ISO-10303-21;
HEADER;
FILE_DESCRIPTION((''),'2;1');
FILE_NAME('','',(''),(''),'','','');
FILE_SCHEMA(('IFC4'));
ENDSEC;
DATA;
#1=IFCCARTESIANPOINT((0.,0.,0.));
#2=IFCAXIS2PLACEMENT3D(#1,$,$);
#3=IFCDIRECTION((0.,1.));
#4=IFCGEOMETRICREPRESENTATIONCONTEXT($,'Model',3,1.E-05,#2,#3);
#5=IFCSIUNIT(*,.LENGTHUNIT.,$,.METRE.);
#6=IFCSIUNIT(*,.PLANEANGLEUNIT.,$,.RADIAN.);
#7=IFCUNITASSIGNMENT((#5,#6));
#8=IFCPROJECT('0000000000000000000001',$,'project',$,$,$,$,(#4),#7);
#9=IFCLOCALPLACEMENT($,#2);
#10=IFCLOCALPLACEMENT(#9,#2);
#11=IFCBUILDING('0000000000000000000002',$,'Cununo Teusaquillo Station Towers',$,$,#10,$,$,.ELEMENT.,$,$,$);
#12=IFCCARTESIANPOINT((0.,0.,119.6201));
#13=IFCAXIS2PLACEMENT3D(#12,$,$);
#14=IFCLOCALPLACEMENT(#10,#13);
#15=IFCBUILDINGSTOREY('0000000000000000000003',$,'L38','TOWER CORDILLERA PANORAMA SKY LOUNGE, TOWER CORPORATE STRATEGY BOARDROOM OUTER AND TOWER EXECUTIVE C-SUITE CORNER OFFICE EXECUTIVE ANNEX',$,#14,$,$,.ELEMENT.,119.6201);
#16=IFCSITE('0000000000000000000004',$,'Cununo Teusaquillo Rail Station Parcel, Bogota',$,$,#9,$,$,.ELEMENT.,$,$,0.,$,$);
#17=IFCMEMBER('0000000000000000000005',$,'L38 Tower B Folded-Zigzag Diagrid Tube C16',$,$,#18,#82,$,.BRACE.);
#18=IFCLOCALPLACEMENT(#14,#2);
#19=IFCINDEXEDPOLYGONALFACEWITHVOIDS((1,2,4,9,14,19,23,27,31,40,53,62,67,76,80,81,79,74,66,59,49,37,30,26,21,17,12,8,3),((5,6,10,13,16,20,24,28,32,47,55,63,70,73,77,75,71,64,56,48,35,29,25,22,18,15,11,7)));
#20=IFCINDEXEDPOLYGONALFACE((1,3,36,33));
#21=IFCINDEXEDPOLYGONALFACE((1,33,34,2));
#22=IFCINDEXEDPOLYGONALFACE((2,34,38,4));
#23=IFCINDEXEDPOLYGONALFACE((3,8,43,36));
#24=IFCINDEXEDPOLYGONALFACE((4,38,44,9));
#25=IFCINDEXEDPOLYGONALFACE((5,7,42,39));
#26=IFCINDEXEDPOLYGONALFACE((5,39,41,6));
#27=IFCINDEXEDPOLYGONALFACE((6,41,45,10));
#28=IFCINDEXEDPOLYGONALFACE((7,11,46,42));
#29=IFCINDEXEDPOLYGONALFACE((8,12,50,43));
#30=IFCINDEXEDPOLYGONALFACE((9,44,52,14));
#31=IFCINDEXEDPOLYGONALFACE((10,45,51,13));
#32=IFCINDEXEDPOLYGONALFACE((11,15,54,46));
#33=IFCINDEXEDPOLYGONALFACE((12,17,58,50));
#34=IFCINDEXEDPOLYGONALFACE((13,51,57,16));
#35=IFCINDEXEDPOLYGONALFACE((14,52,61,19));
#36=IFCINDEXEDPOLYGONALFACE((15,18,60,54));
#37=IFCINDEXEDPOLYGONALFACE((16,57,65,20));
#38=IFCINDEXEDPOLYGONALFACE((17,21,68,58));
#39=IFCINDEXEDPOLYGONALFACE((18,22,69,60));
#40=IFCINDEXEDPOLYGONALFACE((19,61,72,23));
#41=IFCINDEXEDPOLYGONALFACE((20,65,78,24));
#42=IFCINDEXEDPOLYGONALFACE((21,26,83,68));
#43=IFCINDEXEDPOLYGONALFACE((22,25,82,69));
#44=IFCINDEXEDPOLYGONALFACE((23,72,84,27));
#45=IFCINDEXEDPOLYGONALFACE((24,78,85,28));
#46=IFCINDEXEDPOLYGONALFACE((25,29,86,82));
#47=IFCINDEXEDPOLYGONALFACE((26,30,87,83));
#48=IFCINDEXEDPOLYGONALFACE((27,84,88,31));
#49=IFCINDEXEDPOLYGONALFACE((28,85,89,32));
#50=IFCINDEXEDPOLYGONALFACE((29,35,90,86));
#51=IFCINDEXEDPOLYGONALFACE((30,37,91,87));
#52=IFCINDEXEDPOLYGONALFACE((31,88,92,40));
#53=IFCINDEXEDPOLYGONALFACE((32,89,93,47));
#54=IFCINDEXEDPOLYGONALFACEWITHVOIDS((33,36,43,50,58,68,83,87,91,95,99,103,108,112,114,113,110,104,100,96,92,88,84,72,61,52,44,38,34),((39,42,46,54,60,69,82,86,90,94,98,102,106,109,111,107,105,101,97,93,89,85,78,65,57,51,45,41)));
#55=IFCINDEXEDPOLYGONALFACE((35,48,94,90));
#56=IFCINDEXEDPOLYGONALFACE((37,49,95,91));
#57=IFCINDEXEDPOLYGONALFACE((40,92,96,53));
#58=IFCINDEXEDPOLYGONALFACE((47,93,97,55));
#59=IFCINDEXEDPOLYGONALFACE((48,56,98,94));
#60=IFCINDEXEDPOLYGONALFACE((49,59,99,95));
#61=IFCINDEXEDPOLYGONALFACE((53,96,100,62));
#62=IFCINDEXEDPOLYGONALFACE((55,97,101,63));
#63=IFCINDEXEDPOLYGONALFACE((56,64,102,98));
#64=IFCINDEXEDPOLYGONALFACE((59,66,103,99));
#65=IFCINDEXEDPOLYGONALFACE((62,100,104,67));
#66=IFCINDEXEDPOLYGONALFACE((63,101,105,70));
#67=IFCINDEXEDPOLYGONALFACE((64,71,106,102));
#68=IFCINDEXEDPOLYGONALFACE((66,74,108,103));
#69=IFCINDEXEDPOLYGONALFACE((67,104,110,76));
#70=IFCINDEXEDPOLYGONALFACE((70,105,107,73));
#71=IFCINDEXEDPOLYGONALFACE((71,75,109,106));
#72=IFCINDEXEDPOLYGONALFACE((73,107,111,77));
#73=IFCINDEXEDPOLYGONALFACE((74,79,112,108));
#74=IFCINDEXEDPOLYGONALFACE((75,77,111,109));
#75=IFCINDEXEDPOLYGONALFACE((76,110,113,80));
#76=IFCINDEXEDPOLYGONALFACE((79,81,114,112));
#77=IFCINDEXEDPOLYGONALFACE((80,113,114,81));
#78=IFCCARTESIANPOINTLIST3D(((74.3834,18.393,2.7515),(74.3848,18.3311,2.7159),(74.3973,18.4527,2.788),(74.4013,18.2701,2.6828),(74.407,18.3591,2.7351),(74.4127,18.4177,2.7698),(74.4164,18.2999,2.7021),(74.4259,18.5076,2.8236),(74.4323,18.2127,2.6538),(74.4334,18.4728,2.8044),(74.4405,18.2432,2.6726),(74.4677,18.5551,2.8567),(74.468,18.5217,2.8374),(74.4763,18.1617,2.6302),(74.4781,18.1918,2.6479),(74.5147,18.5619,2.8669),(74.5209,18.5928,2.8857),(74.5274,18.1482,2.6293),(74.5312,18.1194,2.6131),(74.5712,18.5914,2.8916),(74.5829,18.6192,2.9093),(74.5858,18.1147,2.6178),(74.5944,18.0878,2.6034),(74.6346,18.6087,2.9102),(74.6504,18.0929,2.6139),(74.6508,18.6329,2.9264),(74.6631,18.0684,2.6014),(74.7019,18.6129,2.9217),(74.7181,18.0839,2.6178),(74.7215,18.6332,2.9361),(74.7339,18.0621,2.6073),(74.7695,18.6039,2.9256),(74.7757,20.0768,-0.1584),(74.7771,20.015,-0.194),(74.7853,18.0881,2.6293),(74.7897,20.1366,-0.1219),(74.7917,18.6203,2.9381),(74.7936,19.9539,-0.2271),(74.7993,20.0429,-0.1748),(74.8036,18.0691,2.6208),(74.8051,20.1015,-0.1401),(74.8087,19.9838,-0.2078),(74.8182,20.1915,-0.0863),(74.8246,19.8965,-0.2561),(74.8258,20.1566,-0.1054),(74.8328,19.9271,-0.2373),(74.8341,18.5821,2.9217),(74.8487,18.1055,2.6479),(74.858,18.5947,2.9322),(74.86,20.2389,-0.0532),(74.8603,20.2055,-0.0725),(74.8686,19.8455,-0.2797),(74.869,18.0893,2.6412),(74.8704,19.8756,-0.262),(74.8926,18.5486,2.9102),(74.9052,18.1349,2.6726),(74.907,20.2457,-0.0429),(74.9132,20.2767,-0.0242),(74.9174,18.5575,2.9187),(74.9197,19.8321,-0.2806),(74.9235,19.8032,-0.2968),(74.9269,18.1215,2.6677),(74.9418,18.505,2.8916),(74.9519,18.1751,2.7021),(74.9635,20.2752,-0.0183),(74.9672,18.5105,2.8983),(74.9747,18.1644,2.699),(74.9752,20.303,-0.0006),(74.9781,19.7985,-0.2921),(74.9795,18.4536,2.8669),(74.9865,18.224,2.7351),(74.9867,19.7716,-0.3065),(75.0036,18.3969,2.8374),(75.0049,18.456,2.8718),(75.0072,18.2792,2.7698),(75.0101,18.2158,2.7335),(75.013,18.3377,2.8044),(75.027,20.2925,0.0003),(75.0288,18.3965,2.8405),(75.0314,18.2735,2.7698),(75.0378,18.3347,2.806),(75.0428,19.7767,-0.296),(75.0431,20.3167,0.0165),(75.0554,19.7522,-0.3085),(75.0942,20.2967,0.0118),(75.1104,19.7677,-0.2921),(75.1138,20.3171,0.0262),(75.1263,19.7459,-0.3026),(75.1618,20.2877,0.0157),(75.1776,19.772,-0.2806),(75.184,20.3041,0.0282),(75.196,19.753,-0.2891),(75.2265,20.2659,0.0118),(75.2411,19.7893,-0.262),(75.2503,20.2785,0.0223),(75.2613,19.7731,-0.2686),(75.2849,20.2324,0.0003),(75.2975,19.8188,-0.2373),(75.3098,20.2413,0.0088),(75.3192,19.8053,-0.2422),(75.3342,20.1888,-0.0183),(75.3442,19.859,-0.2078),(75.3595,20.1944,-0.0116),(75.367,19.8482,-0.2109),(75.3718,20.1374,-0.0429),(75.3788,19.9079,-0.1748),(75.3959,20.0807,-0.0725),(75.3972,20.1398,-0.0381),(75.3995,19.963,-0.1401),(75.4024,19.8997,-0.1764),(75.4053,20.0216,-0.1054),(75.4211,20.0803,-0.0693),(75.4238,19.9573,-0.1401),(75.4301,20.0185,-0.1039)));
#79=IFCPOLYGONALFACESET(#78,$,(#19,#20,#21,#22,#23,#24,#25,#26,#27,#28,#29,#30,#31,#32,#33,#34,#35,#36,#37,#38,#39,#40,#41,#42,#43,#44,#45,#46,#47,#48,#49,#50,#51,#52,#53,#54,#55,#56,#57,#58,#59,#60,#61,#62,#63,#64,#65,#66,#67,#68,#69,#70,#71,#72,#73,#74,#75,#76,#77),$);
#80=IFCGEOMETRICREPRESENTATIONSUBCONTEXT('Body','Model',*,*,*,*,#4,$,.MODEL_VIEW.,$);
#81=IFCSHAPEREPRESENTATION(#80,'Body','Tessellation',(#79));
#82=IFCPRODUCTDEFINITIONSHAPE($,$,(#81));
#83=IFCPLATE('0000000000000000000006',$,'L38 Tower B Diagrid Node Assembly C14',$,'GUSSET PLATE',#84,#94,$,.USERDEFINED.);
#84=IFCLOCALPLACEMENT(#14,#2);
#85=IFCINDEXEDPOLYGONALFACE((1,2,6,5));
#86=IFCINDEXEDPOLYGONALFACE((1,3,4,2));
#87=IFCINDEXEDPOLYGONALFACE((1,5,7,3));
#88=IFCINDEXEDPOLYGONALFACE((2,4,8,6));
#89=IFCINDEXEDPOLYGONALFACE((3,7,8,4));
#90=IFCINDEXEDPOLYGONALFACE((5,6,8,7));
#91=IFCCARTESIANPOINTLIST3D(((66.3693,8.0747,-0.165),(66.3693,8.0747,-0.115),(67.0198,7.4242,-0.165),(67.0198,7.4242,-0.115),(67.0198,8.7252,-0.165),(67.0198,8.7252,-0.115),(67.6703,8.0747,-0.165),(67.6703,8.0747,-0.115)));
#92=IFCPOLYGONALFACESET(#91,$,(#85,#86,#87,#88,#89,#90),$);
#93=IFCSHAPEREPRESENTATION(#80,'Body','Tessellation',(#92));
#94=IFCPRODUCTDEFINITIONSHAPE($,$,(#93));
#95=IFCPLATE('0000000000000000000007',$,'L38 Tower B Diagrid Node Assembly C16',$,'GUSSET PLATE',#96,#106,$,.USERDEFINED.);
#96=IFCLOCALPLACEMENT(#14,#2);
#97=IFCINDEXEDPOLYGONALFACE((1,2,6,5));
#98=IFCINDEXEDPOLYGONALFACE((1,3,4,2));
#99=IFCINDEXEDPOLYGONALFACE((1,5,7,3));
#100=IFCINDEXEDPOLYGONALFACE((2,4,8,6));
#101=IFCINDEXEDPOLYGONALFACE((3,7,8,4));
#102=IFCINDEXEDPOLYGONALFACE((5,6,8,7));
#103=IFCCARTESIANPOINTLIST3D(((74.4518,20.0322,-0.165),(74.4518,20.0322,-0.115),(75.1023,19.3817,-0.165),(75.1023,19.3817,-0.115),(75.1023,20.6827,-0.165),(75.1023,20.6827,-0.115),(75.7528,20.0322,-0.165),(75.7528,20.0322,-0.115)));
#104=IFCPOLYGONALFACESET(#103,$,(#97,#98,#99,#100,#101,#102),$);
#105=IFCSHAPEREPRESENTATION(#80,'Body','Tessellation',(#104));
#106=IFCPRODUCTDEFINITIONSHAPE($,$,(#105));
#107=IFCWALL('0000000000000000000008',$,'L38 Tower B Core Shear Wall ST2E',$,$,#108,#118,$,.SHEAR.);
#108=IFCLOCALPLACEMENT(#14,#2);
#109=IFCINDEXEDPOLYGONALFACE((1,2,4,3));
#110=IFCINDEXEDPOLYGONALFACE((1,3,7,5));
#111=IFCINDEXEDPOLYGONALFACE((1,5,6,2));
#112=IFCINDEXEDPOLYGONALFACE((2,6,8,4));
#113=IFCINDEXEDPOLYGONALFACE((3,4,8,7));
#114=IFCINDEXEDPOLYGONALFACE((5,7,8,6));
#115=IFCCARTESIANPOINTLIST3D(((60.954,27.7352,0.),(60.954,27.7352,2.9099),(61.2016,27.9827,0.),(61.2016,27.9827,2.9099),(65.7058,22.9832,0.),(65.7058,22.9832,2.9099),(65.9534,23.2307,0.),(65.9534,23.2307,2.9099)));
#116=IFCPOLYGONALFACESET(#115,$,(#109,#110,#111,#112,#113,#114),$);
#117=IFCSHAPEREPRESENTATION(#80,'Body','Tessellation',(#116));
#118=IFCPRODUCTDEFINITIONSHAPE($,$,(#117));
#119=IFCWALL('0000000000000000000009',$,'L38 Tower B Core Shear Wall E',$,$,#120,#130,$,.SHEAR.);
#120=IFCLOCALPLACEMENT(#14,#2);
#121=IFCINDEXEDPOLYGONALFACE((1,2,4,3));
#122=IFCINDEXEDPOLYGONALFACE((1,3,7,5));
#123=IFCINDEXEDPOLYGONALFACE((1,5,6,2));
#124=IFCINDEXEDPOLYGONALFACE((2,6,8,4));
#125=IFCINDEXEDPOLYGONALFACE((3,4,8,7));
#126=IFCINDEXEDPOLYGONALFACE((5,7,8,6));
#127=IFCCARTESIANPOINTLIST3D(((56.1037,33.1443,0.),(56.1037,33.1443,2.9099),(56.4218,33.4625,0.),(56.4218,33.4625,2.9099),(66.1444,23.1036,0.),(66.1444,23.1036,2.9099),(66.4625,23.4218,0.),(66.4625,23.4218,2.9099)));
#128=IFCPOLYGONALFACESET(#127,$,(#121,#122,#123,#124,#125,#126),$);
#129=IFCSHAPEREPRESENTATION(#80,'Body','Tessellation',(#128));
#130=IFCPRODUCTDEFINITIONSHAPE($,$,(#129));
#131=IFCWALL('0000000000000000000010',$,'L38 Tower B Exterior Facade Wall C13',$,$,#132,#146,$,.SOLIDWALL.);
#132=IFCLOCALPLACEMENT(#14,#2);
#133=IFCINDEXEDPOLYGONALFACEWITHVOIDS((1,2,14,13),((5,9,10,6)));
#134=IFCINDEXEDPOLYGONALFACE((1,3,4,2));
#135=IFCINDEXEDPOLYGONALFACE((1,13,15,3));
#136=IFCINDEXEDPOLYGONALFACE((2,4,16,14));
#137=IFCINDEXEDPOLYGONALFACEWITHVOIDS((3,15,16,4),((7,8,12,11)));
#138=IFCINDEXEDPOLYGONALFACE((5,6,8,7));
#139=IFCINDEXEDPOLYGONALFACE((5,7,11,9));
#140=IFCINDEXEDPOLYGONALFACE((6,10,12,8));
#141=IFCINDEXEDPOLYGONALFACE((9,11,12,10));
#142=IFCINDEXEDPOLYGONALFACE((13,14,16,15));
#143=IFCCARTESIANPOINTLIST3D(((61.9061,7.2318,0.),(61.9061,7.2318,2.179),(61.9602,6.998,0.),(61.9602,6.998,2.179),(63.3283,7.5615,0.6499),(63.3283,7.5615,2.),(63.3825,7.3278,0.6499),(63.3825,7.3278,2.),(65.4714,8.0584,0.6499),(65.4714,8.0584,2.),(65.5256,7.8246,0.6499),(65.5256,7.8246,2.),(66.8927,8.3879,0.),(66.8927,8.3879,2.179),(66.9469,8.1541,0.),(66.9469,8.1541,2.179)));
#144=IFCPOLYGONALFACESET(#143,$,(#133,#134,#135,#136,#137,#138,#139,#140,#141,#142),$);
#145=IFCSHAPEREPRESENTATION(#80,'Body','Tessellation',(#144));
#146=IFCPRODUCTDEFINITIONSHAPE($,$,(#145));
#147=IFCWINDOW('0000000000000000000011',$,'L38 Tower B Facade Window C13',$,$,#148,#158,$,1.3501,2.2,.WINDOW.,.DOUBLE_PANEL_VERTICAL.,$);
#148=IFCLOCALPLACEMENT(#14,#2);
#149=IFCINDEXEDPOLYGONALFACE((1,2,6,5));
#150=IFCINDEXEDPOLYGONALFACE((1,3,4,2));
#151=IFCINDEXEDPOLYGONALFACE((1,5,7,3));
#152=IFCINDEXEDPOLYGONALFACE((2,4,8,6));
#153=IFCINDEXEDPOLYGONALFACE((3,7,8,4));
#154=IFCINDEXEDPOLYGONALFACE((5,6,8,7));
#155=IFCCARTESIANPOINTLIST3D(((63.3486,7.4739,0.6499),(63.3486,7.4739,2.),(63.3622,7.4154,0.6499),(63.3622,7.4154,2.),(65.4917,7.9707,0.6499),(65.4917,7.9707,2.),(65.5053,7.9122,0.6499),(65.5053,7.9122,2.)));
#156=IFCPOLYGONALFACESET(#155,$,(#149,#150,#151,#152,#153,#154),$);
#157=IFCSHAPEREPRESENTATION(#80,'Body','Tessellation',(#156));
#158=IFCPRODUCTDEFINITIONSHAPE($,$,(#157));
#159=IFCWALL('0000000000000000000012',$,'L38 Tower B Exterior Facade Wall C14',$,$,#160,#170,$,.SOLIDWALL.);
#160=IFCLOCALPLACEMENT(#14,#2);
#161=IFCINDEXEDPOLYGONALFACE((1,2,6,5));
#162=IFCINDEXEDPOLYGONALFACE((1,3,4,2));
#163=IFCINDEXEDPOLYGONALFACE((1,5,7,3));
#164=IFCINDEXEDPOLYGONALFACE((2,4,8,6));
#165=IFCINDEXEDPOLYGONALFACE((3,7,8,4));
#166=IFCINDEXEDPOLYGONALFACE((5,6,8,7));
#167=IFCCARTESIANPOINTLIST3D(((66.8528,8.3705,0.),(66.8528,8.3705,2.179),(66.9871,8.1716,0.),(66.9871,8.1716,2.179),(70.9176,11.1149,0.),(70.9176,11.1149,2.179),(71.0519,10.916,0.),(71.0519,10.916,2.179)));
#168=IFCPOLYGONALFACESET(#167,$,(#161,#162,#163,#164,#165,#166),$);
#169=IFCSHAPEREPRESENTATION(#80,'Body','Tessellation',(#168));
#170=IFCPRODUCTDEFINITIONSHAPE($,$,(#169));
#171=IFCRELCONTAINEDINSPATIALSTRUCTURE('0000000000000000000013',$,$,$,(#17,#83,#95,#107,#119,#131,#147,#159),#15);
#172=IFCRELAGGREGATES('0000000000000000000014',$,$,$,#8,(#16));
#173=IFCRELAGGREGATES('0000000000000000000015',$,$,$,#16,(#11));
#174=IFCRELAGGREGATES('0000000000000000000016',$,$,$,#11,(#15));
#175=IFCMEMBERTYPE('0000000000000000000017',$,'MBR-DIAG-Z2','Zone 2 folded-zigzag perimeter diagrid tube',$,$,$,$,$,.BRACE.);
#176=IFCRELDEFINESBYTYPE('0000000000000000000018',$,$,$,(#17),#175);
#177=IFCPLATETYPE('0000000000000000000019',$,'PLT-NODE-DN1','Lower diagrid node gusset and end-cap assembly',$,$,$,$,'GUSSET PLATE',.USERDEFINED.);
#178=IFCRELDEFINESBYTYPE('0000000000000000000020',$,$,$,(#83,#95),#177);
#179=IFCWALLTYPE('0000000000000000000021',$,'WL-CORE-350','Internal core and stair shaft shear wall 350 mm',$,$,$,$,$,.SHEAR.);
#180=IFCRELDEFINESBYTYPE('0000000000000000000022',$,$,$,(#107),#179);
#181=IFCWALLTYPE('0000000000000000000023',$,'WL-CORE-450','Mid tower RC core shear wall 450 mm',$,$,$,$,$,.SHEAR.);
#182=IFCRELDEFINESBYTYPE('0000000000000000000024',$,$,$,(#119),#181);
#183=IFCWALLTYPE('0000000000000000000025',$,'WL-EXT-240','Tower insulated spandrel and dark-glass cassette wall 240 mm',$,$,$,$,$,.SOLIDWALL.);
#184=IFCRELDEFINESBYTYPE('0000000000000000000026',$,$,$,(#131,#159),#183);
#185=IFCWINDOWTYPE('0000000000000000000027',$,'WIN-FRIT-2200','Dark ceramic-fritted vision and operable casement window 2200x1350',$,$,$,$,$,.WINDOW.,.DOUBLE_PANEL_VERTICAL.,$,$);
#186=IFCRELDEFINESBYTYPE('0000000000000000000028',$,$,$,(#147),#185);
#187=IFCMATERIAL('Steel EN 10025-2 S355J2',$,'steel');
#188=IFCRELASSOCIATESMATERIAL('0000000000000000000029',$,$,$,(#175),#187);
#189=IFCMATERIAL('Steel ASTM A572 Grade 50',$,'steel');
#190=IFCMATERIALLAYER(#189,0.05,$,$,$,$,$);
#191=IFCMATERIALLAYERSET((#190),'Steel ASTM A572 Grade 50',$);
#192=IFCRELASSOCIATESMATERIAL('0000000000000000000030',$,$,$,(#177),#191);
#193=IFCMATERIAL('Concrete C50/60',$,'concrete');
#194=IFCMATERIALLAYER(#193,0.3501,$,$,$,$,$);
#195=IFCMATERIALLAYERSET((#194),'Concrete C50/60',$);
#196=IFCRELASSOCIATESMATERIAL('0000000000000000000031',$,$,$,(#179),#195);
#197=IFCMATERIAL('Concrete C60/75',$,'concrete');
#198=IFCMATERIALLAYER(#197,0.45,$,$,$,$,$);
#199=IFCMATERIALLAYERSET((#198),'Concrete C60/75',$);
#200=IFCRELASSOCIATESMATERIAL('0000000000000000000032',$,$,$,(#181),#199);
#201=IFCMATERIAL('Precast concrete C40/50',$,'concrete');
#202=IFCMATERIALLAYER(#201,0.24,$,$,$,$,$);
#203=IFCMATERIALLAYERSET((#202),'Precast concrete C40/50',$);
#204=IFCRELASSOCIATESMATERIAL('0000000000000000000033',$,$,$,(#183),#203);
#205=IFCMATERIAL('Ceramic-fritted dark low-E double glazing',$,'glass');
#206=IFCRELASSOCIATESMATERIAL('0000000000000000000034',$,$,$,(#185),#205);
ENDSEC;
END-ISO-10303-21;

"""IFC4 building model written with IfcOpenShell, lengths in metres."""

from ifc_helpers import new_model, si_unit, direction, frame, frame_2d, origin, origin_2d, place, context, subcontext, project, spatial, rectangle, hollow_circle, extrude, source, transform, mapped, material, layer, layer_set, material_profile, profile_set, type_object, element, fill, save


model = new_model("IFC4")

# Units and contexts
model_context = context("Model", 3, precision=1e-05, world=origin(), true_north=direction((0.0, 1.0)))
body_context = subcontext(model_context, "Body", "Model", "MODEL_VIEW")
ifc_project = project(units=[si_unit("LENGTHUNIT", "METRE"), si_unit("PLANEANGLEUNIT", "RADIAN")], contexts=[model_context])

# Site, building, storey
site_placement = place(None, origin())
site = spatial("IfcSite", under=ifc_project, at=site_placement, Name="Cununo Teusaquillo Rail Station Parcel, Bogota", CompositionType="ELEMENT", RefElevation=0.0)
building_placement = place(site_placement, origin())
building = spatial("IfcBuilding", under=site, at=building_placement, Name="Cununo Teusaquillo Station Towers", CompositionType="ELEMENT")
storey_placement = place(building_placement, frame((0.0, 0.0, 119.6201)))
storey = spatial("IfcBuildingStorey", under=building, at=storey_placement, Name="L38", Description="TOWER CORDILLERA PANORAMA SKY LOUNGE, TOWER CORPORATE STRATEGY BOARDROOM OUTER AND TOWER EXECUTIVE C-SUITE CORNER OFFICE EXECUTIVE ANNEX", CompositionType="ELEMENT", Elevation=119.6201)

# Member
ifc_material_1 = material(Name="Steel EN 10025-2 S355J2", Category="steel")
ifc_material_profile_1 = material_profile(ifc_material_1, hollow_circle(Radius=0.3301, WallThickness=0.0249, at=origin_2d()), Name="CHS 660x25")
ifc_profile_set_1 = profile_set([ifc_material_profile_1], Name="Steel EN 10025-2 S355J2")
member_type = type_object("IfcMemberType", Name="MBR-DIAG-Z2", Description="Zone 2 folded-zigzag perimeter diagrid tube", PredefinedType="BRACE", material=ifc_profile_set_1)
member_1_placement = place(storey_placement, frame((75.1023, 20.0322, -0.1401), z_axis=(-0.115911, -0.497471, 0.859702), x_axis=(0.973913, -0.226922, 0.0)))
element("IfcMember", 1, at=member_1_placement, inside=storey, type_object=member_type, Name="L38 Tower B Folded-Zigzag Diagrid Tube C16", PredefinedType="BRACE", context=body_context, shape_type="SweptSolid", body=[
    extrude(hollow_circle(Radius=0.3301, WallThickness=0.0249, at=origin_2d()), origin(), (0.0, 0.0, 1.0), 3.3848),
])

# Plates
ifc_material_2 = material(Name="Steel ASTM A572 Grade 50", Category="steel")
ifc_layer_1 = layer(ifc_material_2, 0.05)
ifc_layer_set_1 = layer_set([ifc_layer_1], Name="Steel ASTM A572 Grade 50")
plate_type = type_object("IfcPlateType", Name="PLT-NODE-DN1", Description="Lower diagrid node gusset and end-cap assembly", ElementType="GUSSET PLATE", PredefinedType="USERDEFINED", material=ifc_layer_set_1)
shared_shape_1 = source(origin(), body_context, "Body", "SweptSolid", [
    extrude(rectangle(XDim=0.9199, YDim=0.9199, at=origin_2d()), origin(), (0.0, 0.0, 1.0), 0.05),
])
for number, where, z_axis, x_axis, name in (
    (2, (67.0198, 8.0747, -0.165), (0.0, 0.0, 1.0), (0.707107, 0.707107, 0.0), "L38 Tower B Diagrid Node Assembly C14"),
    (3, (75.1023, 20.0322, -0.165), (0.0, 0.0, 1.0), (0.707107, 0.707107, 0.0), "L38 Tower B Diagrid Node Assembly C16"),
):
    element("IfcPlate", number, at=place(storey_placement, frame(where, z_axis=z_axis, x_axis=x_axis)), inside=storey, type_object=plate_type, Name=name, ObjectType="GUSSET PLATE", PredefinedType="USERDEFINED", context=body_context, shape_type="MappedRepresentation", body=[
        mapped(shared_shape_1, transform((0.0, 0.0, 0.0), x_axis=(1.0, 0.0, 0.0), y_axis=(0.0, 1.0, 0.0), z_axis=(0.0, 0.0, 1.0), scale=1.0)),
    ])

# Walls
ifc_material_3 = material(Name="Concrete C50/60", Category="concrete")
ifc_layer_2 = layer(ifc_material_3, 0.3501)
ifc_layer_set_2 = layer_set([ifc_layer_2], Name="Concrete C50/60")
wall_type_1 = type_object("IfcWallType", Name="WL-CORE-350", Description="Internal core and stair shaft shear wall 350 mm", PredefinedType="SHEAR", material=ifc_layer_set_2)
wall_1_placement = place(storey_placement, frame((65.8296, 23.1069, 0.0), z_axis=(0.0, 0.0, 1.0), x_axis=(-0.707089, 0.707125, 0.0)))
element("IfcWall", 4, at=wall_1_placement, inside=storey, type_object=wall_type_1, Name="L38 Tower B Core Shear Wall ST2E", PredefinedType="SHEAR", context=body_context, shape_type="SweptSolid", body=[
    extrude(rectangle(XDim=6.7202, YDim=0.3501, at=frame_2d((3.3601, 0.0))), origin(), (0.0, 0.0, 1.0), 2.9099),
])
ifc_material_4 = material(Name="Concrete C60/75", Category="concrete")
ifc_layer_3 = layer(ifc_material_4, 0.45)
ifc_layer_set_3 = layer_set([ifc_layer_3], Name="Concrete C60/75")
wall_type_2 = type_object("IfcWallType", Name="WL-CORE-450", Description="Mid tower RC core shear wall 450 mm", PredefinedType="SHEAR", material=ifc_layer_set_3)
wall_2_placement = place(storey_placement, frame((66.3035, 23.2627, 0.0), z_axis=(0.0, 0.0, 1.0), x_axis=(-0.707107, 0.707107, 0.0)))
element("IfcWall", 5, at=wall_2_placement, inside=storey, type_object=wall_type_2, Name="L38 Tower B Core Shear Wall E", PredefinedType="SHEAR", context=body_context, shape_type="SweptSolid", body=[
    extrude(rectangle(XDim=14.1997, YDim=0.45, at=frame_2d((7.0999, 0.0))), origin(), (0.0, 0.0, 1.0), 2.9099),
])

# Wall, opening, window
ifc_material_5 = material(Name="Precast concrete C40/50", Category="concrete")
ifc_layer_4 = layer(ifc_material_5, 0.24)
ifc_layer_set_4 = layer_set([ifc_layer_4], Name="Precast concrete C40/50")
wall_type_3 = type_object("IfcWallType", Name="WL-EXT-240", Description="Tower insulated spandrel and dark-glass cassette wall 240 mm", PredefinedType="SOLIDWALL", material=ifc_layer_set_4)
wall_3_placement = place(storey_placement, frame((66.9199, 8.271, 0.0), z_axis=(0.0, 0.0, 1.0), x_axis=(-0.974166, -0.225835, 0.0)))
wall_3 = element("IfcWall", 6, at=wall_3_placement, inside=storey, type_object=wall_type_3, Name="L38 Tower B Exterior Facade Wall C13", PredefinedType="SOLIDWALL", context=body_context, shape_type="SweptSolid", body=[
    extrude(rectangle(XDim=5.1189, YDim=0.24, at=frame_2d((2.5596, 0.0))), origin(), (0.0, 0.0, 1.0), 2.179),
])
shared_shape_2 = source(origin(), body_context, "Body", "SweptSolid", [
    extrude(rectangle(XDim=2.2, YDim=1.3501, at=frame_2d((1.1001, 0.675))), frame((0.0, 0.1299, 0.0), z_axis=(0.0, -1.0, 0.0), x_axis=(1.0, 0.0, 0.0)), (0.0, 0.0, 1.0), 0.26),
])
opening_1_placement = place(wall_3_placement, frame((1.459, 0.0, 0.6499)))
opening_1 = element("IfcOpeningElement", 7, at=opening_1_placement, cuts=wall_3, PredefinedType="OPENING", context=body_context, shape_type="MappedRepresentation", body=[
    mapped(shared_shape_2, transform((0.0, 0.0, 0.0), x_axis=(1.0, 0.0, 0.0), y_axis=(0.0, 1.0, 0.0), z_axis=(0.0, 0.0, 1.0), scale=1.0)),
])
ifc_material_6 = material(Name="Ceramic-fritted dark low-E double glazing", Category="glass")
window_type_1 = type_object("IfcWindowType", Name="WIN-FRIT-2200", Description="Dark ceramic-fritted vision and operable casement window 2200x1350", PartitioningType="DOUBLE_PANEL_VERTICAL", PredefinedType="WINDOW", material=ifc_material_6)
shared_shape_3 = source(origin(), body_context, "Body", "SweptSolid", [
    extrude(rectangle(XDim=2.2, YDim=1.3501, at=frame_2d((1.1001, 0.675))), frame((0.0, 0.03, 0.0), z_axis=(0.0, -1.0, 0.0), x_axis=(1.0, 0.0, 0.0)), (0.0, 0.0, 1.0), 0.0601),
])
window_1_placement = place(opening_1_placement, origin())
window_1 = element("IfcWindow", 8, at=window_1_placement, inside=storey, type_object=window_type_1, Name="L38 Tower B Facade Window C13", OverallHeight=1.3501, OverallWidth=2.2, PartitioningType="DOUBLE_PANEL_VERTICAL", PredefinedType="WINDOW", context=body_context, shape_type="MappedRepresentation", body=[
    mapped(shared_shape_3, transform((0.0, 0.0, 0.0), x_axis=(1.0, 0.0, 0.0), y_axis=(0.0, 1.0, 0.0), z_axis=(0.0, 0.0, 1.0), scale=1.0)),
])
fill(opening_1, window_1)

# Wall
wall_4_placement = place(storey_placement, frame((70.9846, 11.0154, 0.0), z_axis=(0.0, 0.0, 1.0), x_axis=(-0.828781, -0.559573, 0.0)))
element("IfcWall", 9, at=wall_4_placement, inside=storey, type_object=wall_type_3, Name="L38 Tower B Exterior Facade Wall C14", PredefinedType="SOLIDWALL", context=body_context, shape_type="SweptSolid", body=[
    extrude(rectangle(XDim=4.9045, YDim=0.24, at=frame_2d((2.4521, 0.0))), origin(), (0.0, 0.0, 1.0), 2.179),
])

save(model, "model.ifc")
